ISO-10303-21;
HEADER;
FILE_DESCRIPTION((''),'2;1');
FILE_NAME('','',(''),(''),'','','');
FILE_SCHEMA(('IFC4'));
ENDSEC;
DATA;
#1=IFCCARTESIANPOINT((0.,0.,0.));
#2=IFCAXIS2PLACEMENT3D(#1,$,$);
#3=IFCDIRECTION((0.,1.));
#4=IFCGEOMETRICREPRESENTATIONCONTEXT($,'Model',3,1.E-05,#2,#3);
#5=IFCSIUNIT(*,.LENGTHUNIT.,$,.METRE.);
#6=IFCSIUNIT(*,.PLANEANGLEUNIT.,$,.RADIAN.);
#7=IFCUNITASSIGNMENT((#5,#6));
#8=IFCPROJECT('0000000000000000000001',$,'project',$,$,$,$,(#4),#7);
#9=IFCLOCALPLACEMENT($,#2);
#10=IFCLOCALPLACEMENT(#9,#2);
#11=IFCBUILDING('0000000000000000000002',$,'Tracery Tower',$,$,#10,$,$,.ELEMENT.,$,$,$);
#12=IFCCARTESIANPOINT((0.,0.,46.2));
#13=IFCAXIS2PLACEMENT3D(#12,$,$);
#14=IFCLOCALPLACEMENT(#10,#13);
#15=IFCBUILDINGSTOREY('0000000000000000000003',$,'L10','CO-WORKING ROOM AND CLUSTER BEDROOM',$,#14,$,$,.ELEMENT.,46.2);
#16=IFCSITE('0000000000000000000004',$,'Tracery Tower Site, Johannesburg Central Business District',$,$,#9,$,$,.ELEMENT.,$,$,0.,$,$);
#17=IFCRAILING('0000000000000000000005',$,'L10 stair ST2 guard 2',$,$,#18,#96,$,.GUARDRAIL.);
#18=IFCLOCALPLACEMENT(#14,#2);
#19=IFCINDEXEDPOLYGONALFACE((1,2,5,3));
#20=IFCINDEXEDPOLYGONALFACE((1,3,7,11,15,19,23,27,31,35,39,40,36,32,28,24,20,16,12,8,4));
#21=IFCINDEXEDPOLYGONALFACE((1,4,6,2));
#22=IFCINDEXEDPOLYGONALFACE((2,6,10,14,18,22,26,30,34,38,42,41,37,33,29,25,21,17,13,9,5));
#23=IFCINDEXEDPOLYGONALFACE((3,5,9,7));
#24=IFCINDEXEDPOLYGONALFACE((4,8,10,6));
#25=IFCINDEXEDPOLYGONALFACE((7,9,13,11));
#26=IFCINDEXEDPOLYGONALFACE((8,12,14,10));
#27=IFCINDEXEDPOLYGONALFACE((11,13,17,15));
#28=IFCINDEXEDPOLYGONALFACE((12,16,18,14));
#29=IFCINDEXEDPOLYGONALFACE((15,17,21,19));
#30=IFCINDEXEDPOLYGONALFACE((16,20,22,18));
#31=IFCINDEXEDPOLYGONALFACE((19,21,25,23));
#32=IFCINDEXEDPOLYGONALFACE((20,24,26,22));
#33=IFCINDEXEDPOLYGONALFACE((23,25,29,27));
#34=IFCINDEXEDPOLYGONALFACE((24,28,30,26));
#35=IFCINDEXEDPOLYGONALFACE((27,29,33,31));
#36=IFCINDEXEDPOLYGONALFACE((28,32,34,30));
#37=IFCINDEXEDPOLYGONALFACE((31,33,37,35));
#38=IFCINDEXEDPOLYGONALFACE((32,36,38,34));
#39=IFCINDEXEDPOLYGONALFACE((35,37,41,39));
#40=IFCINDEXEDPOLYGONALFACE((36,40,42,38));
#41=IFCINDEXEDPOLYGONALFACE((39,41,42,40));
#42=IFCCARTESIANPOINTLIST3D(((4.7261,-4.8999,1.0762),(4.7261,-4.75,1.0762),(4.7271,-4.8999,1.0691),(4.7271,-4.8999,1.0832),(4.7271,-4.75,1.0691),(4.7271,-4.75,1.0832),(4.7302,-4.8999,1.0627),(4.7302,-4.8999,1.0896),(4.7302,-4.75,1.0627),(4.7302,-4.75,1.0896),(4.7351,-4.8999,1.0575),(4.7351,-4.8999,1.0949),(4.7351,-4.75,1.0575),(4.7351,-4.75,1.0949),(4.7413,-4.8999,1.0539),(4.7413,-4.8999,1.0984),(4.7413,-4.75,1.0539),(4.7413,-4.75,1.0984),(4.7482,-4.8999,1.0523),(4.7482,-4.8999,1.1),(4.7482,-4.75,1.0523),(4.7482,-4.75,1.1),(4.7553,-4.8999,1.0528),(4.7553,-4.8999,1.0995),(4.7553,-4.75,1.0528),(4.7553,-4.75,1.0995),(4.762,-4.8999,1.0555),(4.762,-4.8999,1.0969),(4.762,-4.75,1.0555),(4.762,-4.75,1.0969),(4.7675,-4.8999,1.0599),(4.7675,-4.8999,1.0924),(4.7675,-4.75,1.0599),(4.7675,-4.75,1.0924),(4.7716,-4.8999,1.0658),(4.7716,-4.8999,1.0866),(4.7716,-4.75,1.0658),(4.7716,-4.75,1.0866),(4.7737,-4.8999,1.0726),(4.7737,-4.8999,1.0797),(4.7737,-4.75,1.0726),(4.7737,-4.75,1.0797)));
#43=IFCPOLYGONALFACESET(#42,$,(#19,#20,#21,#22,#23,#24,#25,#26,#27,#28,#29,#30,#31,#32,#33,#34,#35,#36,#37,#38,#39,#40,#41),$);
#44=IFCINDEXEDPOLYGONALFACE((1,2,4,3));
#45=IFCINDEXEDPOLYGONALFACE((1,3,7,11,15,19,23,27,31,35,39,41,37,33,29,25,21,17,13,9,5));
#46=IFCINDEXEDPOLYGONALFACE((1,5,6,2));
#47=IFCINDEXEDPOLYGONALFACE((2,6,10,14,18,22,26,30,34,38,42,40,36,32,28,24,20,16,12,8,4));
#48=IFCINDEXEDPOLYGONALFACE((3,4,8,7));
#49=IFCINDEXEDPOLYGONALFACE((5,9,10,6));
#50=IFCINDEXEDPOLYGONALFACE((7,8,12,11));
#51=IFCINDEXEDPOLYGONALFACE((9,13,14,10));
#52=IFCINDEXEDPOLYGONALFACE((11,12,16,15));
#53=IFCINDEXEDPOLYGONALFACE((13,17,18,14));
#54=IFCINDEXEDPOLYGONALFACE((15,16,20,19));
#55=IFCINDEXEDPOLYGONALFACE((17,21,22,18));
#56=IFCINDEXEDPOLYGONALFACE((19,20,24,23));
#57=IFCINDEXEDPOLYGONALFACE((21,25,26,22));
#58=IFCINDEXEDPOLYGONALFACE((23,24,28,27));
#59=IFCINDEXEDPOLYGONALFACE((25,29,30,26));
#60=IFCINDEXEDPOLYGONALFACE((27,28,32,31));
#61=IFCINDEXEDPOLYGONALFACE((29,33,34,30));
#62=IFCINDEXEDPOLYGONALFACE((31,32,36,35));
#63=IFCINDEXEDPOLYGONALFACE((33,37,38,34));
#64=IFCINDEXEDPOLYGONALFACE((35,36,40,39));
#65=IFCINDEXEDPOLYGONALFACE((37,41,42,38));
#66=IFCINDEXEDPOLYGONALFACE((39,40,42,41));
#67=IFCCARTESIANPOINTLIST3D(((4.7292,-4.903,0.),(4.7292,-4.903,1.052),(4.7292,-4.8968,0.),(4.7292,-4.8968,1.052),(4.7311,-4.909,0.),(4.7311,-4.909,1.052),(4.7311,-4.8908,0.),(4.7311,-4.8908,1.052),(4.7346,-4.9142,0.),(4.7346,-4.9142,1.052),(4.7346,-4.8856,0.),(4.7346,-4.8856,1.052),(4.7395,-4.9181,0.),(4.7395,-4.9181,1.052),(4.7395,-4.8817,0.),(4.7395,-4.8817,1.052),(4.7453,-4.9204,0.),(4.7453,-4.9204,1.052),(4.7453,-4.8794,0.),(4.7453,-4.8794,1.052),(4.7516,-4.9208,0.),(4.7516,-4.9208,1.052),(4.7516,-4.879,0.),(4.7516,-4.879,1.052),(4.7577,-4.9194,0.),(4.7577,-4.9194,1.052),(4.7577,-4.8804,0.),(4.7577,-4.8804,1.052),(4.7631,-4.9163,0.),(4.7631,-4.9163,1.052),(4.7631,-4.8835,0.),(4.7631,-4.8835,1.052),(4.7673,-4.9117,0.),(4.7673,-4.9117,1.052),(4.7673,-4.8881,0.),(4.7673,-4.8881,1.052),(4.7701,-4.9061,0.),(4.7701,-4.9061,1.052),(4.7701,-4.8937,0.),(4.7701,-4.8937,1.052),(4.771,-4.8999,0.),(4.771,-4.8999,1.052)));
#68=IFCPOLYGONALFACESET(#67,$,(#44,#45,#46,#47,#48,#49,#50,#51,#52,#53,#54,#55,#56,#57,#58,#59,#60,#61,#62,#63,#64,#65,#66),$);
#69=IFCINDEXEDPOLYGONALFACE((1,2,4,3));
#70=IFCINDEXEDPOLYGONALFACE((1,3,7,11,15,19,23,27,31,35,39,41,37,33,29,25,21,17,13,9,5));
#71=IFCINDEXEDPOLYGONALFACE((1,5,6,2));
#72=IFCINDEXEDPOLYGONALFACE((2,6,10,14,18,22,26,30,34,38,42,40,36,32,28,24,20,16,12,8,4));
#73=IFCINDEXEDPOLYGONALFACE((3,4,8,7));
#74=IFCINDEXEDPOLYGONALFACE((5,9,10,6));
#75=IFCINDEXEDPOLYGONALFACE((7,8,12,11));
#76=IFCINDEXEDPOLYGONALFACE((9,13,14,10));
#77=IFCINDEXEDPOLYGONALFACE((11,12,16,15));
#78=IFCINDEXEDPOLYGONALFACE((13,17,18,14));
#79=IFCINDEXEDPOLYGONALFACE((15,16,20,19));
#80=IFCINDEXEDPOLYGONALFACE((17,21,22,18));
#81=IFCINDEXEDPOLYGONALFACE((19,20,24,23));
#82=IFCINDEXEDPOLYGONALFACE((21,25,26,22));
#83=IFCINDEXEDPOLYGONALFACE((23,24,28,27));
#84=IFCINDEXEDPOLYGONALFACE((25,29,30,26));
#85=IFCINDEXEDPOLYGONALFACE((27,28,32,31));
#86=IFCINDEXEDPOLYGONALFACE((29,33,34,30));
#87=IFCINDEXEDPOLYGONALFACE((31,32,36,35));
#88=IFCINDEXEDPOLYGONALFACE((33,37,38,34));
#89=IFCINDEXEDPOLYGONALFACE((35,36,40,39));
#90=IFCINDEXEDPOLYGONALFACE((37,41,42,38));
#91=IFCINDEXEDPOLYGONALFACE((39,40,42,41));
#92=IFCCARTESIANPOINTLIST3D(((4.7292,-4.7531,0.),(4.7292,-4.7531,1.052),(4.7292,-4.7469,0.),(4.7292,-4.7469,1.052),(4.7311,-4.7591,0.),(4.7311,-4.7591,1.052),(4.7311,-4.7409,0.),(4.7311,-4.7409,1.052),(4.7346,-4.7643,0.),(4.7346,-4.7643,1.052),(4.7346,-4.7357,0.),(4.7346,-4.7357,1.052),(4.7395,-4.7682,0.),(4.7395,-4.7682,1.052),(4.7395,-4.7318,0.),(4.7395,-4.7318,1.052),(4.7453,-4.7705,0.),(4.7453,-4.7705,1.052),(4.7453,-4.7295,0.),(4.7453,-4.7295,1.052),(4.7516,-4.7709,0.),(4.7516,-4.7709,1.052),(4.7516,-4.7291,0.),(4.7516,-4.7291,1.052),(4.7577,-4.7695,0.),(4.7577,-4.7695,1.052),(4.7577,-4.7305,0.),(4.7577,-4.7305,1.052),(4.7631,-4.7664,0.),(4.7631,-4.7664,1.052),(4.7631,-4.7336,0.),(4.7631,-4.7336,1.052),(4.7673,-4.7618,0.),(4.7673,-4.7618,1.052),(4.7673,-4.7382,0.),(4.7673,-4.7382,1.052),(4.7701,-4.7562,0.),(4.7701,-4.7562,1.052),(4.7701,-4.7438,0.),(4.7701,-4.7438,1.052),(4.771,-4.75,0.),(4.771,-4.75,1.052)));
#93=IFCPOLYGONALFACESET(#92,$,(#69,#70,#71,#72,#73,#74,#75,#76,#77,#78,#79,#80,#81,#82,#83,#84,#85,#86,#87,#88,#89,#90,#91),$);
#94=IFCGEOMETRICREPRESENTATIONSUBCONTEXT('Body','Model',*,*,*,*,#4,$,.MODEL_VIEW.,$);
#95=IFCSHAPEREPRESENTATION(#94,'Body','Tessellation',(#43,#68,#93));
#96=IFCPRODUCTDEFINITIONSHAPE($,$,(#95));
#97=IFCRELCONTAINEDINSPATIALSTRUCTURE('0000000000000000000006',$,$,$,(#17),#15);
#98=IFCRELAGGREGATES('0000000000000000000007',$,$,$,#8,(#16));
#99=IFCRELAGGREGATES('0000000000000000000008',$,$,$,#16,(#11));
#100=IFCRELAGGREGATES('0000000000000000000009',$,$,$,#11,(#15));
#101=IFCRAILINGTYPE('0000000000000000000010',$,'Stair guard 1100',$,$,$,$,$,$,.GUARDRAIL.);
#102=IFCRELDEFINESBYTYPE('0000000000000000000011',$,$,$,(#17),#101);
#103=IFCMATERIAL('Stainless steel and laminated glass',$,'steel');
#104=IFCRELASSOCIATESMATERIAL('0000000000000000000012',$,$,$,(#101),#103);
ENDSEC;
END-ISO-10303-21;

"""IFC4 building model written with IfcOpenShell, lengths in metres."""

from ifc_helpers import new_model, si_unit, direction, frame, origin, origin_2d, place, context, subcontext, project, spatial, circle, extrude, material, type_object, element, save


model = new_model("IFC4")

# Units and contexts
model_context = context("Model", 3, precision=1e-05, world=origin(), true_north=direction((0.0, 1.0)))
body_context = subcontext(model_context, "Body", "Model", "MODEL_VIEW")
ifc_project = project(units=[si_unit("LENGTHUNIT", "METRE"), si_unit("PLANEANGLEUNIT", "RADIAN")], contexts=[model_context])

# Site, building, storey
site_placement = place(None, origin())
site = spatial("IfcSite", under=ifc_project, at=site_placement, Name="Tracery Tower Site, Johannesburg Central Business District", CompositionType="ELEMENT", RefElevation=0.0)
building_placement = place(site_placement, origin())
building = spatial("IfcBuilding", under=site, at=building_placement, Name="Tracery Tower", CompositionType="ELEMENT")
storey_placement = place(building_placement, frame((0.0, 0.0, 46.2)))
storey = spatial("IfcBuildingStorey", under=building, at=storey_placement, Name="L10", Description="CO-WORKING ROOM AND CLUSTER BEDROOM", CompositionType="ELEMENT", Elevation=46.2)

# Railing
ifc_material_1 = material(Name="Stainless steel and laminated glass", Category="steel")
railing_type_1 = type_object("IfcRailingType", Name="Stair guard 1100", PredefinedType="GUARDRAIL", material=ifc_material_1)
railing_1_placement = place(storey_placement, frame((4.75, -4.8999, 0.0)))
element("IfcRailing", 1, at=railing_1_placement, inside=storey, type_object=railing_type_1, Name="L10 stair ST2 guard 2", PredefinedType="GUARDRAIL", context=body_context, shape_type="SweptSolid", body=[
    extrude(circle(Radius=0.0239, at=origin_2d()), frame((0.0, 0.0, 1.0762), z_axis=(0.0, 1.0, 0.0), x_axis=(-1.0, 0.0, 0.0)), (0.0, 0.0, 1.0), 0.1499),
    extrude(circle(Radius=0.021, at=origin_2d()), origin(), (0.0, 0.0, 1.0), 1.052),
    extrude(circle(Radius=0.021, at=origin_2d()), frame((0.0, 0.1499, 0.0)), (0.0, 0.0, 1.0), 1.052),
])

save(model, "model.ifc")
